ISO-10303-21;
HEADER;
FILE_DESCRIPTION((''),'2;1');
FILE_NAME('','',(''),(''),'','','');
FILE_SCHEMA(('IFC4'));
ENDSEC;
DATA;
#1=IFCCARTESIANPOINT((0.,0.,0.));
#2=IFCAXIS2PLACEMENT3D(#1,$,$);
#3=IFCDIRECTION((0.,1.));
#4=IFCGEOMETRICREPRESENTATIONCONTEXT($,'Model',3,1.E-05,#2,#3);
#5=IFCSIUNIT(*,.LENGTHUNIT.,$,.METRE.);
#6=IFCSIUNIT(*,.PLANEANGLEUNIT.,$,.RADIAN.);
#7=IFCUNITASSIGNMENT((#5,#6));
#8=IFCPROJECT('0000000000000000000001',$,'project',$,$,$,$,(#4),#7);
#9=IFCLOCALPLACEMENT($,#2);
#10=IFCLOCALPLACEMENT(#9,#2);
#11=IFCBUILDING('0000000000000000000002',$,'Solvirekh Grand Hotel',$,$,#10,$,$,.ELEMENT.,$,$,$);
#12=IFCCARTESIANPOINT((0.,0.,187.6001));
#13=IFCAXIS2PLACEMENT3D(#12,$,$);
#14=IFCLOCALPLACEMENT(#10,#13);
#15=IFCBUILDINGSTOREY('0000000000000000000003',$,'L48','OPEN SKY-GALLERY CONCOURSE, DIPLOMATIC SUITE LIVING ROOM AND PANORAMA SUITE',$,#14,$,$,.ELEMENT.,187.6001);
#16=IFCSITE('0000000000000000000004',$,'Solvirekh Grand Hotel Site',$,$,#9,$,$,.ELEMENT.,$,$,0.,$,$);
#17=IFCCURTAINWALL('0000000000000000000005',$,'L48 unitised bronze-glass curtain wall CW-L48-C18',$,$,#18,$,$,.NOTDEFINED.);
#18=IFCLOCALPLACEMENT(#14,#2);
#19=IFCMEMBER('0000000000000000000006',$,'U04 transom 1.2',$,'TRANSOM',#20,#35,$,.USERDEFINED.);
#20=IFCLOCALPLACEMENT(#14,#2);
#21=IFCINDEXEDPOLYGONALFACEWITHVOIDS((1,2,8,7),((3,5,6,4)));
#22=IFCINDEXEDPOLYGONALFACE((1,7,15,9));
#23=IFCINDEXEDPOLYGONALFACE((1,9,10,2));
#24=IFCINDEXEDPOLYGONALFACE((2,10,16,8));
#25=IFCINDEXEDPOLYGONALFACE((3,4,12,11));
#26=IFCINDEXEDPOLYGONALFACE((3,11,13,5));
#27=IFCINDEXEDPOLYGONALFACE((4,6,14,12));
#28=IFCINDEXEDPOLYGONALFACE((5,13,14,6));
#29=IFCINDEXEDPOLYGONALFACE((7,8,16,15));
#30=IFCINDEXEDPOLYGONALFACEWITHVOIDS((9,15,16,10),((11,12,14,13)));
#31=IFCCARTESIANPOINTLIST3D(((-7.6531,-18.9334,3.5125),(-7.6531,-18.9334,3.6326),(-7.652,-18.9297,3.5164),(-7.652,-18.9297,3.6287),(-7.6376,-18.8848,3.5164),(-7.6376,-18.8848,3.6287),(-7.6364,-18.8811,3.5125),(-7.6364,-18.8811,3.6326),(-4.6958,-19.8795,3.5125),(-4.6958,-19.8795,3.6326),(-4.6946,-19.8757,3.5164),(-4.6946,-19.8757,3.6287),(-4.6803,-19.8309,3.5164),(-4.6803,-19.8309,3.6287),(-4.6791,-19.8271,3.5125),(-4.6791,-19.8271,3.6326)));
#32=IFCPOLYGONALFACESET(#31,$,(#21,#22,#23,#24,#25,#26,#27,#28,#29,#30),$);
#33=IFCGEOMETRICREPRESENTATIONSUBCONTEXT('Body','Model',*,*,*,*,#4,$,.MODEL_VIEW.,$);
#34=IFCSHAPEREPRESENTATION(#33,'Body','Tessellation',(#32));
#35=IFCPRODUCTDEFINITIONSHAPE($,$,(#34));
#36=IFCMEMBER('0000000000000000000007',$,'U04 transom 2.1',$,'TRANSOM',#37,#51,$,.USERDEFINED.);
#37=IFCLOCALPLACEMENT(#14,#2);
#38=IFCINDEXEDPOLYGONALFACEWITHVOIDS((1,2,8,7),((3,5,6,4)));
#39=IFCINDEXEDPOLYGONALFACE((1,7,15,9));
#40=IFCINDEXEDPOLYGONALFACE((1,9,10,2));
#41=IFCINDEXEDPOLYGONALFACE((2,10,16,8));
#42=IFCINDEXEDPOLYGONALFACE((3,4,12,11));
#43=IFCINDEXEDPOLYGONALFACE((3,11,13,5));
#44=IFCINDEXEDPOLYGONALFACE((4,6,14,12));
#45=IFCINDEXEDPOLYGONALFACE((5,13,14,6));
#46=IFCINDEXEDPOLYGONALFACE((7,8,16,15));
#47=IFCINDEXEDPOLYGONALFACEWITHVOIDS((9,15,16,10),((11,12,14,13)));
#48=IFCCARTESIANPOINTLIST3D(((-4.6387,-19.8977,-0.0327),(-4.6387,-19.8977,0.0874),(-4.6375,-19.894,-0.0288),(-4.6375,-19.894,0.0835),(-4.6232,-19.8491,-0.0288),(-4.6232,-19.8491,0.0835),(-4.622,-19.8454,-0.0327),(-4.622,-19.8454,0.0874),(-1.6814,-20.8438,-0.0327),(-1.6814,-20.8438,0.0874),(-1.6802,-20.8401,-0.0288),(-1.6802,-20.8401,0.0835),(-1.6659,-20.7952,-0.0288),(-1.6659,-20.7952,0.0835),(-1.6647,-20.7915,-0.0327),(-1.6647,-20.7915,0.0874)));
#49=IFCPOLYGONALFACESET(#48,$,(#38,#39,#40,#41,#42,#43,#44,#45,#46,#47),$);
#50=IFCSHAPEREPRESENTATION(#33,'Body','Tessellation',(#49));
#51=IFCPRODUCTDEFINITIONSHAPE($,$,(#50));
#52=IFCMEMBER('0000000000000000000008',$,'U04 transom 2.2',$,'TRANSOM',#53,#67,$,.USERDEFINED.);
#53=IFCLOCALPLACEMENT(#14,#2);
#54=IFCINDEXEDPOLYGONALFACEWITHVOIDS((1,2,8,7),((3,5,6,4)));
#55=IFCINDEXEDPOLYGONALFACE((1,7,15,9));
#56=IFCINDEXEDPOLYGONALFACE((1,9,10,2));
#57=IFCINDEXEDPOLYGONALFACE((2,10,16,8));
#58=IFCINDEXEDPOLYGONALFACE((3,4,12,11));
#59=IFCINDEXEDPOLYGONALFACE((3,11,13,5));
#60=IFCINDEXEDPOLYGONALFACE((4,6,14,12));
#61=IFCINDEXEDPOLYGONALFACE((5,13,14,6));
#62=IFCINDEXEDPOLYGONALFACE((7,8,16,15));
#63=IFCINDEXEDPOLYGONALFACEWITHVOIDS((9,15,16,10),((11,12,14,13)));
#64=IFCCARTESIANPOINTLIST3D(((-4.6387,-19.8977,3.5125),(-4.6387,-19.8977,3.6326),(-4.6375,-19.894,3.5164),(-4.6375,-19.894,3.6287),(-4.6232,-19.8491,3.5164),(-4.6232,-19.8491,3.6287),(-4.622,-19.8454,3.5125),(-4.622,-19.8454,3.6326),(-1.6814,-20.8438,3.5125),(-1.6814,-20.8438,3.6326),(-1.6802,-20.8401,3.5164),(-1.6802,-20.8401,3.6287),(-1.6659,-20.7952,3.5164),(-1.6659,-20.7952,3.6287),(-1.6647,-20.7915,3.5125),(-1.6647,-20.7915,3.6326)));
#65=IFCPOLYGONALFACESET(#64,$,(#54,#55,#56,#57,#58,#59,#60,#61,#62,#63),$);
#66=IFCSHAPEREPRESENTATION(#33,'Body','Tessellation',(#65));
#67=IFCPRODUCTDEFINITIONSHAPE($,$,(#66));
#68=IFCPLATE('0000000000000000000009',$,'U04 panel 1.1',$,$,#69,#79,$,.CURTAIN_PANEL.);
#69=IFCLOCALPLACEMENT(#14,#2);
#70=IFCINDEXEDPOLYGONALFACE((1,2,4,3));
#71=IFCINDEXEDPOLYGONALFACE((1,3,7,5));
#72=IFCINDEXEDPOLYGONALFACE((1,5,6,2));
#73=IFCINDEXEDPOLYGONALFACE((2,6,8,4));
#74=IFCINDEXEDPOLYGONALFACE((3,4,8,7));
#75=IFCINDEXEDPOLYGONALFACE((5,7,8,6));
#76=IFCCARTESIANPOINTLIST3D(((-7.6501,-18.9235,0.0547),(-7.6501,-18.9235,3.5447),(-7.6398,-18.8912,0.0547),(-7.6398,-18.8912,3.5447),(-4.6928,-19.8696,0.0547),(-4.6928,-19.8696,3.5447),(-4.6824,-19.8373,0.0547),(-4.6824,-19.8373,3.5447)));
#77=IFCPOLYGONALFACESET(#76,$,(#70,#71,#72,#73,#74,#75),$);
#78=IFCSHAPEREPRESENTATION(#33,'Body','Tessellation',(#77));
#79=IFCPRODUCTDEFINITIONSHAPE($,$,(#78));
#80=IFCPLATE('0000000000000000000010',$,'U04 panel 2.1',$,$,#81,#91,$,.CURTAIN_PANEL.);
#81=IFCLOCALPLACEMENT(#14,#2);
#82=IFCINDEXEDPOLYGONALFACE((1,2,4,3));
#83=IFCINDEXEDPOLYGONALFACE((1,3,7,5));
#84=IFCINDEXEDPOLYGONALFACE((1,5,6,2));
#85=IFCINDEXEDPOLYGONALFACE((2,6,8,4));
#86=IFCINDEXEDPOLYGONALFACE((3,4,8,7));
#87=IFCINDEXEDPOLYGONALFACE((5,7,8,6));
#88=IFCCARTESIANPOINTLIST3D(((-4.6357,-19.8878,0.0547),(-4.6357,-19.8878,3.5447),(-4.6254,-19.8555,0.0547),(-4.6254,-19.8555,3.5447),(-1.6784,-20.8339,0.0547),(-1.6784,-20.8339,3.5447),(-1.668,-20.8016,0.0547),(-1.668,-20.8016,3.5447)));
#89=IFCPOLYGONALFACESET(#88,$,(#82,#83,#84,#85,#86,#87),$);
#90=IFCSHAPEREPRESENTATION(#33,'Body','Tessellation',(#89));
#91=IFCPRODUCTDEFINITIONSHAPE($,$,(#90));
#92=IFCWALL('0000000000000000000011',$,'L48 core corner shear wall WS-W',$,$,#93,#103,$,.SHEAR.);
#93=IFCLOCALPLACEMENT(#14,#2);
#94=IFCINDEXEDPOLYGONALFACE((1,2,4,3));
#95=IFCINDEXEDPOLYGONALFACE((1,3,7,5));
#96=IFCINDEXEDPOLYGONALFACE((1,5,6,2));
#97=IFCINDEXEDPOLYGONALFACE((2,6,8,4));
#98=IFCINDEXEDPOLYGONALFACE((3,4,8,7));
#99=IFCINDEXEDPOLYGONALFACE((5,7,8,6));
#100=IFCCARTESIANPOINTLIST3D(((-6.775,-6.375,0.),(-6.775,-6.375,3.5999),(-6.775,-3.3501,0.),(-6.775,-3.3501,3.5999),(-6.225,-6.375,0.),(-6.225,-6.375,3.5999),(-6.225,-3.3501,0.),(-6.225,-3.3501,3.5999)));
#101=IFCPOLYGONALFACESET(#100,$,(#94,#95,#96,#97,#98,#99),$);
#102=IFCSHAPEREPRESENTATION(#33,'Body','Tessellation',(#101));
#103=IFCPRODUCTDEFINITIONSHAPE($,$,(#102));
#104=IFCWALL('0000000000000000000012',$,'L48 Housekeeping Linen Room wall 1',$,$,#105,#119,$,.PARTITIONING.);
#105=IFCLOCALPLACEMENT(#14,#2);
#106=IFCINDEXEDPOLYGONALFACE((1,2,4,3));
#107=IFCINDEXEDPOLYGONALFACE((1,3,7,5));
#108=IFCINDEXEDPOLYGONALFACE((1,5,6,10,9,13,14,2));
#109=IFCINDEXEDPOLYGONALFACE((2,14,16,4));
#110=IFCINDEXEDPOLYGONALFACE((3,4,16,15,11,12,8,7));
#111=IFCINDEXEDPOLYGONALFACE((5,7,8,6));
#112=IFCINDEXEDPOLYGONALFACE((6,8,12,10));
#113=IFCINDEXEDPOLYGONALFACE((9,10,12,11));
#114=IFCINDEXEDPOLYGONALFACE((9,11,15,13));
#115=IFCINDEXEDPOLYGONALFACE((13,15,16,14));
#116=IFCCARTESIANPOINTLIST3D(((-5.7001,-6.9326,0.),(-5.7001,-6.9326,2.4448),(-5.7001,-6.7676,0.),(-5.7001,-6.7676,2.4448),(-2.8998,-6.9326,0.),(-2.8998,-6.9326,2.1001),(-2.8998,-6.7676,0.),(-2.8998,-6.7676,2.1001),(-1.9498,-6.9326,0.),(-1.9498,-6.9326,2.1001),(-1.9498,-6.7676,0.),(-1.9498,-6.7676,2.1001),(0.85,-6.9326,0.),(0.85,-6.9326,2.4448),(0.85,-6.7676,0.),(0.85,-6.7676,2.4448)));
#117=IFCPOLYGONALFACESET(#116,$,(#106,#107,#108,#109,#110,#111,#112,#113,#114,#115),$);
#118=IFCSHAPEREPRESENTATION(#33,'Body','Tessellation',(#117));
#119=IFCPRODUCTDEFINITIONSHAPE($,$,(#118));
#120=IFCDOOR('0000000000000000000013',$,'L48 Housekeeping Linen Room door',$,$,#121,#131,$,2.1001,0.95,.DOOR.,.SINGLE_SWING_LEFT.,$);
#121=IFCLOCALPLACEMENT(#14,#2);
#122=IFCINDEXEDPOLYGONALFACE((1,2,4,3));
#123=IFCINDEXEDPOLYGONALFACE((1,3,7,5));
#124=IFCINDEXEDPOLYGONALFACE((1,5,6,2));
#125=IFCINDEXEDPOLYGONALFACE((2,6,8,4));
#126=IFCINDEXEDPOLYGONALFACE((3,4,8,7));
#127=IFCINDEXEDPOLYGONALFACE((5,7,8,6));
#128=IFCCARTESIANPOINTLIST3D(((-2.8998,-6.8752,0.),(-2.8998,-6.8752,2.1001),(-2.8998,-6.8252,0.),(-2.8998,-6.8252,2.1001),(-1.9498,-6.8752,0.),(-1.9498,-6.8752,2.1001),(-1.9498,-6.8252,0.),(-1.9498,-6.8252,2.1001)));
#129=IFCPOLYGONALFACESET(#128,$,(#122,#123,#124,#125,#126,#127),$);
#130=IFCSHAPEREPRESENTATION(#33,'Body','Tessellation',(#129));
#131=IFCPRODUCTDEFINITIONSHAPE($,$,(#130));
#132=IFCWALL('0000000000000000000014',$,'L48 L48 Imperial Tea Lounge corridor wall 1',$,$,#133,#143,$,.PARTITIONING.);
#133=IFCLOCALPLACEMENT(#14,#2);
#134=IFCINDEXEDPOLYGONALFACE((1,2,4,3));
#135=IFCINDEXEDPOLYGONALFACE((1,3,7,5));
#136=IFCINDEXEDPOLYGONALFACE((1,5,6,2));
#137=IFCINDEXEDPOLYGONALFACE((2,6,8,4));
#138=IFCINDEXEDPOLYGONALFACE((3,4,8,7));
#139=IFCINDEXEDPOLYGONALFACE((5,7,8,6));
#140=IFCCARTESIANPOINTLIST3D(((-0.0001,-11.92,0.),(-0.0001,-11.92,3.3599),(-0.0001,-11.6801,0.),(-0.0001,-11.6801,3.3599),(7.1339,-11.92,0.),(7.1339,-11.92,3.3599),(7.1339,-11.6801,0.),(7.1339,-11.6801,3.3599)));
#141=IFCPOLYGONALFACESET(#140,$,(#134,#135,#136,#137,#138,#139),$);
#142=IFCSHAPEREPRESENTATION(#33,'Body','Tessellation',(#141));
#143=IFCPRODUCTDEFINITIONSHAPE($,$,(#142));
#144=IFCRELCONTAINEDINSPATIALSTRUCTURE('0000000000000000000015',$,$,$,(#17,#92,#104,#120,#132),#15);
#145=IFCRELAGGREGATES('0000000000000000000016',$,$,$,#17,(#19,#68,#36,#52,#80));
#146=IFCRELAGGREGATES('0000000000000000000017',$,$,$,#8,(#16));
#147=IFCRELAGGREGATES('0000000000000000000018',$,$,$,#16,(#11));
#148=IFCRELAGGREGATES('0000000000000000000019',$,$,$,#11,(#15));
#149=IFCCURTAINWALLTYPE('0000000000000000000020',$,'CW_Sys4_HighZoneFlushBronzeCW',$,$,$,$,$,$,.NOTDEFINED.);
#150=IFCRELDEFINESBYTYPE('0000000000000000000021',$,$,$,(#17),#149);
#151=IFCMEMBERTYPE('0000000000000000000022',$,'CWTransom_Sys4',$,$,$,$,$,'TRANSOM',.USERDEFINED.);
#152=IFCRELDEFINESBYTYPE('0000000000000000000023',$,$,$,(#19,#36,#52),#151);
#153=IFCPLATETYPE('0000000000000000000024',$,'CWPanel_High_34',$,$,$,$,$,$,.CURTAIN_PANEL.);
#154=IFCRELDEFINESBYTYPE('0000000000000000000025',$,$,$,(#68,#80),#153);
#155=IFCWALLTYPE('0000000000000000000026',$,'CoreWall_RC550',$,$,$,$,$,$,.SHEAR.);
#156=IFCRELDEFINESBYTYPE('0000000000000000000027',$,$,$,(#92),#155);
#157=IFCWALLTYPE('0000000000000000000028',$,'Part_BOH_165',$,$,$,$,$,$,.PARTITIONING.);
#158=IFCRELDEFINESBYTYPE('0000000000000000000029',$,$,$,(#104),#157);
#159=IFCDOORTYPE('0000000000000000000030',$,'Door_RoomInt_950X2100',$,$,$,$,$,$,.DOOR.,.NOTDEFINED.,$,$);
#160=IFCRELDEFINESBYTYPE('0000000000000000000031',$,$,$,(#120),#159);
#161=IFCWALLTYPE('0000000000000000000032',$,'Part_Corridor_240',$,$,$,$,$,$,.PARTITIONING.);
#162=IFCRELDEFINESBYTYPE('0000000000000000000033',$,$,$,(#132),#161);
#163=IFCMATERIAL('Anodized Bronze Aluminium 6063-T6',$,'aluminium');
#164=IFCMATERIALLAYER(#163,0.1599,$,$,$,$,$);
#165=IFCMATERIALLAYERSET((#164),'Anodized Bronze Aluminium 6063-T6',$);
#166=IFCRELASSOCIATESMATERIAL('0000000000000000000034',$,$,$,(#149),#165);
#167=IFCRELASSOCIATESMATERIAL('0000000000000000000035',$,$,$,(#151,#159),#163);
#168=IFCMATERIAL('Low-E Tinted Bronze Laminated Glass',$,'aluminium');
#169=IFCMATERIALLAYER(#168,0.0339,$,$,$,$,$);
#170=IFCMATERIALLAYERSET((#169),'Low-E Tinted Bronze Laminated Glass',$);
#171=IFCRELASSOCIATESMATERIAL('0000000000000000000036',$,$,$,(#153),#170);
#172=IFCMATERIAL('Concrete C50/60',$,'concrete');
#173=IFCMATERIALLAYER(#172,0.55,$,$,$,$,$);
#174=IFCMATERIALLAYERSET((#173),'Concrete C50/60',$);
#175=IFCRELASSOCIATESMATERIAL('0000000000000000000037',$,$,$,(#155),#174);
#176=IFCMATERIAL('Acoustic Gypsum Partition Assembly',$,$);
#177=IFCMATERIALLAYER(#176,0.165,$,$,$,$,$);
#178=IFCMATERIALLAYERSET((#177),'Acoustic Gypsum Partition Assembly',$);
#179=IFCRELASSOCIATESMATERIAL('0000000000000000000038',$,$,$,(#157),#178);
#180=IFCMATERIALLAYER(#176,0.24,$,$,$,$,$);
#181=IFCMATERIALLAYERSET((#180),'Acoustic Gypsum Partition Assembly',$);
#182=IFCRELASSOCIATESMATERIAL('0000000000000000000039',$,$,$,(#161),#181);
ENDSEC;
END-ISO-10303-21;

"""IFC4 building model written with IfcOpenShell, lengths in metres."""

from ifc_helpers import new_model, si_unit, direction, frame, frame_2d, origin, origin_2d, place, context, subcontext, project, spatial, rectangle, hollow_rectangle, extrude, source, transform, mapped, material, layer, layer_set, material_profile, profile_set, type_object, element, fill, aggregate, save


model = new_model("IFC4")

# Units and contexts
model_context = context("Model", 3, precision=1e-05, world=origin(), true_north=direction((0.0, 1.0)))
body_context = subcontext(model_context, "Body", "Model", "MODEL_VIEW")
ifc_project = project(units=[si_unit("LENGTHUNIT", "METRE"), si_unit("PLANEANGLEUNIT", "RADIAN")], contexts=[model_context])

# Site, building, storey
site_placement = place(None, origin())
site = spatial("IfcSite", under=ifc_project, at=site_placement, Name="Solvirekh Grand Hotel Site", CompositionType="ELEMENT", RefElevation=0.0)
building_placement = place(site_placement, origin())
building = spatial("IfcBuilding", under=site, at=building_placement, Name="Solvirekh Grand Hotel", CompositionType="ELEMENT")
storey_placement = place(building_placement, frame((0.0, 0.0, 187.6001)))
storey = spatial("IfcBuildingStorey", under=building, at=storey_placement, Name="L48", Description="OPEN SKY-GALLERY CONCOURSE, DIPLOMATIC SUITE LIVING ROOM AND PANORAMA SUITE", CompositionType="ELEMENT", Elevation=187.6001)

# Shared definitions
ifc_material_1 = material(Name="Concrete C50/60", Category="concrete")

# Curtain wall, members, plates
ifc_material_2 = material(Name="Anodized Bronze Aluminium 6063-T6", Category="aluminium")
ifc_layer_1 = layer(ifc_material_2, 0.1599)
ifc_layer_set_1 = layer_set([ifc_layer_1], Name="Anodized Bronze Aluminium 6063-T6")
curtain_wall_type = type_object("IfcCurtainWallType", Name="CW_Sys4_HighZoneFlushBronzeCW", PredefinedType="NOTDEFINED", material=ifc_layer_set_1)
curtain_wall_placement = place(storey_placement, origin())
curtain_wall = element("IfcCurtainWall", 1, at=curtain_wall_placement, inside=storey, type_object=curtain_wall_type, Name="L48 unitised bronze-glass curtain wall CW-L48-C18", PredefinedType="NOTDEFINED")
ifc_material_profile_1 = material_profile(ifc_material_2, hollow_rectangle(XDim=0.0549, YDim=0.1201, WallThickness=0.0039, at=origin_2d()), Name="ALU RHS 120X55X4")
ifc_profile_set_1 = profile_set([ifc_material_profile_1], Name="Anodized Bronze Aluminium 6063-T6")
member_type_1 = type_object("IfcMemberType", Name="CWTransom_Sys4", ElementType="TRANSOM", PredefinedType="USERDEFINED", material=ifc_profile_set_1)
shared_shape_1 = source(origin(), body_context, "Body", "SweptSolid", [
    extrude(hollow_rectangle(XDim=0.0549, YDim=0.1201, WallThickness=0.0039, at=origin_2d()), origin(), (0.0, 0.0, 1.0), 3.105),
])
member_1_placement = place(storey_placement, frame((-7.6448, -18.9072, 3.5725), z_axis=(0.952451, -0.304693, 0.0), x_axis=(0.304693, 0.952451, 0.0)))
member_1 = element("IfcMember", 2, at=member_1_placement, type_object=member_type_1, Name="U04 transom 1.2", ObjectType="TRANSOM", PredefinedType="USERDEFINED", context=body_context, shape_type="MappedRepresentation", body=[
    mapped(shared_shape_1, transform((0.0, 0.0, 0.0), x_axis=(1.0, 0.0, 0.0), y_axis=(0.0, 1.0, 0.0), z_axis=(0.0, 0.0, 1.0), scale=1.0)),
])
member_2_placement = place(storey_placement, frame((-4.6304, -19.8716, 0.0273), z_axis=(0.952451, -0.304693, 0.0), x_axis=(0.304693, 0.952451, 0.0)))
member_2 = element("IfcMember", 3, at=member_2_placement, type_object=member_type_1, Name="U04 transom 2.1", ObjectType="TRANSOM", PredefinedType="USERDEFINED", context=body_context, shape_type="MappedRepresentation", body=[
    mapped(shared_shape_1, transform((0.0, 0.0, 0.0), x_axis=(1.0, 0.0, 0.0), y_axis=(0.0, 1.0, 0.0), z_axis=(0.0, 0.0, 1.0), scale=1.0)),
])
member_3_placement = place(storey_placement, frame((-4.6304, -19.8716, 3.5725), z_axis=(0.952451, -0.304693, 0.0), x_axis=(0.304693, 0.952451, 0.0)))
member_3 = element("IfcMember", 4, at=member_3_placement, type_object=member_type_1, Name="U04 transom 2.2", ObjectType="TRANSOM", PredefinedType="USERDEFINED", context=body_context, shape_type="MappedRepresentation", body=[
    mapped(shared_shape_1, transform((0.0, 0.0, 0.0), x_axis=(1.0, 0.0, 0.0), y_axis=(0.0, 1.0, 0.0), z_axis=(0.0, 0.0, 1.0), scale=1.0)),
])
ifc_material_3 = material(Name="Low-E Tinted Bronze Laminated Glass", Category="aluminium")
ifc_layer_2 = layer(ifc_material_3, 0.0339)
ifc_layer_set_2 = layer_set([ifc_layer_2], Name="Low-E Tinted Bronze Laminated Glass")
plate_type = type_object("IfcPlateType", Name="CWPanel_High_34", PredefinedType="CURTAIN_PANEL", material=ifc_layer_set_2)
shared_shape_2 = source(origin(), body_context, "Body", "SweptSolid", [
    extrude(rectangle(XDim=3.105, YDim=0.0339, at=origin_2d()), origin(), (0.0, 0.0, 1.0), 3.49),
])
plate_1_placement = place(storey_placement, frame((-6.1663, -19.3804, 0.0547), z_axis=(0.0, 0.0, 1.0), x_axis=(0.952448, -0.304702, 0.0)))
plate_1 = element("IfcPlate", 5, at=plate_1_placement, type_object=plate_type, Name="U04 panel 1.1", PredefinedType="CURTAIN_PANEL", context=body_context, shape_type="MappedRepresentation", body=[
    mapped(shared_shape_2, transform((0.0, 0.0, 0.0), x_axis=(1.0, 0.0, 0.0), y_axis=(0.0, 1.0, 0.0), z_axis=(0.0, 0.0, 1.0), scale=1.0)),
])
plate_2_placement = place(storey_placement, frame((-3.1519, -20.3447, 0.0547), z_axis=(0.0, 0.0, 1.0), x_axis=(0.952448, -0.304702, 0.0)))
plate_2 = element("IfcPlate", 6, at=plate_2_placement, type_object=plate_type, Name="U04 panel 2.1", PredefinedType="CURTAIN_PANEL", context=body_context, shape_type="MappedRepresentation", body=[
    mapped(shared_shape_2, transform((0.0, 0.0, 0.0), x_axis=(1.0, 0.0, 0.0), y_axis=(0.0, 1.0, 0.0), z_axis=(0.0, 0.0, 1.0), scale=1.0)),
])
aggregate(curtain_wall, [member_1, plate_1, member_2, member_3, plate_2])

# Wall
ifc_layer_3 = layer(ifc_material_1, 0.55)
ifc_layer_set_3 = layer_set([ifc_layer_3], Name="Concrete C50/60")
wall_type_1 = type_object("IfcWallType", Name="CoreWall_RC550", PredefinedType="SHEAR", material=ifc_layer_set_3)
wall_1_placement = place(storey_placement, frame((-6.5, -6.375, 0.0), z_axis=(0.0, 0.0, 1.0), x_axis=(0.0, 1.0, 0.0)))
element("IfcWall", 7, at=wall_1_placement, inside=storey, type_object=wall_type_1, Name="L48 core corner shear wall WS-W", PredefinedType="SHEAR", context=body_context, shape_type="SweptSolid", body=[
    extrude(rectangle(XDim=3.0249, YDim=0.55, at=frame_2d((1.5125, 0.0))), origin(), (0.0, 0.0, 1.0), 3.5999),
])

# Wall, opening, door
ifc_material_4 = material(Name="Acoustic Gypsum Partition Assembly")
ifc_layer_4 = layer(ifc_material_4, 0.165)
ifc_layer_set_4 = layer_set([ifc_layer_4], Name="Acoustic Gypsum Partition Assembly")
wall_type_2 = type_object("IfcWallType", Name="Part_BOH_165", PredefinedType="PARTITIONING", material=ifc_layer_set_4)
wall_2_placement = place(storey_placement, frame((-5.7, -6.8501, 0.0), z_axis=(0.0, 0.0, 1.0), x_axis=(1.0, 0.0, 0.0)))
wall_2 = element("IfcWall", 8, at=wall_2_placement, inside=storey, type_object=wall_type_2, Name="L48 Housekeeping Linen Room wall 1", PredefinedType="PARTITIONING", context=body_context, shape_type="SweptSolid", body=[
    extrude(rectangle(XDim=6.55, YDim=0.165, at=frame_2d((3.2749, 0.0))), origin(), (0.0, 0.0, 1.0), 2.4448),
])
opening_placement = place(wall_2_placement, frame((2.8, 0.0, 0.0)))
opening = element("IfcOpeningElement", 9, at=opening_placement, cuts=wall_2, PredefinedType="OPENING", context=body_context, shape_type="SweptSolid", body=[
    extrude(rectangle(XDim=0.95, YDim=2.1001, at=frame_2d((0.4751, 1.05))), frame((0.0, 0.0925, 0.0), z_axis=(0.0, -1.0, 0.0), x_axis=(1.0, 0.0, 0.0)), (0.0, 0.0, 1.0), 0.1851),
])
door_type = type_object("IfcDoorType", Name="Door_RoomInt_950X2100", OperationType="NOTDEFINED", PredefinedType="DOOR", material=ifc_material_2)
door_placement = place(opening_placement, origin())
door = element("IfcDoor", 10, at=door_placement, inside=storey, type_object=door_type, Name="L48 Housekeeping Linen Room door", OperationType="SINGLE_SWING_LEFT", OverallHeight=2.1001, OverallWidth=0.95, PredefinedType="DOOR", context=body_context, shape_type="SweptSolid", body=[
    extrude(rectangle(XDim=0.95, YDim=2.1001, at=frame_2d((0.4751, 1.05))), frame((0.0, 0.0249, 0.0), z_axis=(0.0, -1.0, 0.0), x_axis=(1.0, 0.0, 0.0)), (0.0, 0.0, 1.0), 0.05),
])
fill(opening, door)

# Wall
ifc_layer_5 = layer(ifc_material_4, 0.24)
ifc_layer_set_5 = layer_set([ifc_layer_5], Name="Acoustic Gypsum Partition Assembly")
wall_type_3 = type_object("IfcWallType", Name="Part_Corridor_240", PredefinedType="PARTITIONING", material=ifc_layer_set_5)
wall_3_placement = place(storey_placement, frame((0.0, -11.8, 0.0), z_axis=(0.0, 0.0, 1.0), x_axis=(1.0, 0.0, 0.0)))
element("IfcWall", 11, at=wall_3_placement, inside=storey, type_object=wall_type_3, Name="L48 L48 Imperial Tea Lounge corridor wall 1", PredefinedType="PARTITIONING", context=body_context, shape_type="SweptSolid", body=[
    extrude(rectangle(XDim=7.134, YDim=0.24, at=frame_2d((3.5669, 0.0))), origin(), (0.0, 0.0, 1.0), 3.3599),
])

save(model, "model.ifc")
